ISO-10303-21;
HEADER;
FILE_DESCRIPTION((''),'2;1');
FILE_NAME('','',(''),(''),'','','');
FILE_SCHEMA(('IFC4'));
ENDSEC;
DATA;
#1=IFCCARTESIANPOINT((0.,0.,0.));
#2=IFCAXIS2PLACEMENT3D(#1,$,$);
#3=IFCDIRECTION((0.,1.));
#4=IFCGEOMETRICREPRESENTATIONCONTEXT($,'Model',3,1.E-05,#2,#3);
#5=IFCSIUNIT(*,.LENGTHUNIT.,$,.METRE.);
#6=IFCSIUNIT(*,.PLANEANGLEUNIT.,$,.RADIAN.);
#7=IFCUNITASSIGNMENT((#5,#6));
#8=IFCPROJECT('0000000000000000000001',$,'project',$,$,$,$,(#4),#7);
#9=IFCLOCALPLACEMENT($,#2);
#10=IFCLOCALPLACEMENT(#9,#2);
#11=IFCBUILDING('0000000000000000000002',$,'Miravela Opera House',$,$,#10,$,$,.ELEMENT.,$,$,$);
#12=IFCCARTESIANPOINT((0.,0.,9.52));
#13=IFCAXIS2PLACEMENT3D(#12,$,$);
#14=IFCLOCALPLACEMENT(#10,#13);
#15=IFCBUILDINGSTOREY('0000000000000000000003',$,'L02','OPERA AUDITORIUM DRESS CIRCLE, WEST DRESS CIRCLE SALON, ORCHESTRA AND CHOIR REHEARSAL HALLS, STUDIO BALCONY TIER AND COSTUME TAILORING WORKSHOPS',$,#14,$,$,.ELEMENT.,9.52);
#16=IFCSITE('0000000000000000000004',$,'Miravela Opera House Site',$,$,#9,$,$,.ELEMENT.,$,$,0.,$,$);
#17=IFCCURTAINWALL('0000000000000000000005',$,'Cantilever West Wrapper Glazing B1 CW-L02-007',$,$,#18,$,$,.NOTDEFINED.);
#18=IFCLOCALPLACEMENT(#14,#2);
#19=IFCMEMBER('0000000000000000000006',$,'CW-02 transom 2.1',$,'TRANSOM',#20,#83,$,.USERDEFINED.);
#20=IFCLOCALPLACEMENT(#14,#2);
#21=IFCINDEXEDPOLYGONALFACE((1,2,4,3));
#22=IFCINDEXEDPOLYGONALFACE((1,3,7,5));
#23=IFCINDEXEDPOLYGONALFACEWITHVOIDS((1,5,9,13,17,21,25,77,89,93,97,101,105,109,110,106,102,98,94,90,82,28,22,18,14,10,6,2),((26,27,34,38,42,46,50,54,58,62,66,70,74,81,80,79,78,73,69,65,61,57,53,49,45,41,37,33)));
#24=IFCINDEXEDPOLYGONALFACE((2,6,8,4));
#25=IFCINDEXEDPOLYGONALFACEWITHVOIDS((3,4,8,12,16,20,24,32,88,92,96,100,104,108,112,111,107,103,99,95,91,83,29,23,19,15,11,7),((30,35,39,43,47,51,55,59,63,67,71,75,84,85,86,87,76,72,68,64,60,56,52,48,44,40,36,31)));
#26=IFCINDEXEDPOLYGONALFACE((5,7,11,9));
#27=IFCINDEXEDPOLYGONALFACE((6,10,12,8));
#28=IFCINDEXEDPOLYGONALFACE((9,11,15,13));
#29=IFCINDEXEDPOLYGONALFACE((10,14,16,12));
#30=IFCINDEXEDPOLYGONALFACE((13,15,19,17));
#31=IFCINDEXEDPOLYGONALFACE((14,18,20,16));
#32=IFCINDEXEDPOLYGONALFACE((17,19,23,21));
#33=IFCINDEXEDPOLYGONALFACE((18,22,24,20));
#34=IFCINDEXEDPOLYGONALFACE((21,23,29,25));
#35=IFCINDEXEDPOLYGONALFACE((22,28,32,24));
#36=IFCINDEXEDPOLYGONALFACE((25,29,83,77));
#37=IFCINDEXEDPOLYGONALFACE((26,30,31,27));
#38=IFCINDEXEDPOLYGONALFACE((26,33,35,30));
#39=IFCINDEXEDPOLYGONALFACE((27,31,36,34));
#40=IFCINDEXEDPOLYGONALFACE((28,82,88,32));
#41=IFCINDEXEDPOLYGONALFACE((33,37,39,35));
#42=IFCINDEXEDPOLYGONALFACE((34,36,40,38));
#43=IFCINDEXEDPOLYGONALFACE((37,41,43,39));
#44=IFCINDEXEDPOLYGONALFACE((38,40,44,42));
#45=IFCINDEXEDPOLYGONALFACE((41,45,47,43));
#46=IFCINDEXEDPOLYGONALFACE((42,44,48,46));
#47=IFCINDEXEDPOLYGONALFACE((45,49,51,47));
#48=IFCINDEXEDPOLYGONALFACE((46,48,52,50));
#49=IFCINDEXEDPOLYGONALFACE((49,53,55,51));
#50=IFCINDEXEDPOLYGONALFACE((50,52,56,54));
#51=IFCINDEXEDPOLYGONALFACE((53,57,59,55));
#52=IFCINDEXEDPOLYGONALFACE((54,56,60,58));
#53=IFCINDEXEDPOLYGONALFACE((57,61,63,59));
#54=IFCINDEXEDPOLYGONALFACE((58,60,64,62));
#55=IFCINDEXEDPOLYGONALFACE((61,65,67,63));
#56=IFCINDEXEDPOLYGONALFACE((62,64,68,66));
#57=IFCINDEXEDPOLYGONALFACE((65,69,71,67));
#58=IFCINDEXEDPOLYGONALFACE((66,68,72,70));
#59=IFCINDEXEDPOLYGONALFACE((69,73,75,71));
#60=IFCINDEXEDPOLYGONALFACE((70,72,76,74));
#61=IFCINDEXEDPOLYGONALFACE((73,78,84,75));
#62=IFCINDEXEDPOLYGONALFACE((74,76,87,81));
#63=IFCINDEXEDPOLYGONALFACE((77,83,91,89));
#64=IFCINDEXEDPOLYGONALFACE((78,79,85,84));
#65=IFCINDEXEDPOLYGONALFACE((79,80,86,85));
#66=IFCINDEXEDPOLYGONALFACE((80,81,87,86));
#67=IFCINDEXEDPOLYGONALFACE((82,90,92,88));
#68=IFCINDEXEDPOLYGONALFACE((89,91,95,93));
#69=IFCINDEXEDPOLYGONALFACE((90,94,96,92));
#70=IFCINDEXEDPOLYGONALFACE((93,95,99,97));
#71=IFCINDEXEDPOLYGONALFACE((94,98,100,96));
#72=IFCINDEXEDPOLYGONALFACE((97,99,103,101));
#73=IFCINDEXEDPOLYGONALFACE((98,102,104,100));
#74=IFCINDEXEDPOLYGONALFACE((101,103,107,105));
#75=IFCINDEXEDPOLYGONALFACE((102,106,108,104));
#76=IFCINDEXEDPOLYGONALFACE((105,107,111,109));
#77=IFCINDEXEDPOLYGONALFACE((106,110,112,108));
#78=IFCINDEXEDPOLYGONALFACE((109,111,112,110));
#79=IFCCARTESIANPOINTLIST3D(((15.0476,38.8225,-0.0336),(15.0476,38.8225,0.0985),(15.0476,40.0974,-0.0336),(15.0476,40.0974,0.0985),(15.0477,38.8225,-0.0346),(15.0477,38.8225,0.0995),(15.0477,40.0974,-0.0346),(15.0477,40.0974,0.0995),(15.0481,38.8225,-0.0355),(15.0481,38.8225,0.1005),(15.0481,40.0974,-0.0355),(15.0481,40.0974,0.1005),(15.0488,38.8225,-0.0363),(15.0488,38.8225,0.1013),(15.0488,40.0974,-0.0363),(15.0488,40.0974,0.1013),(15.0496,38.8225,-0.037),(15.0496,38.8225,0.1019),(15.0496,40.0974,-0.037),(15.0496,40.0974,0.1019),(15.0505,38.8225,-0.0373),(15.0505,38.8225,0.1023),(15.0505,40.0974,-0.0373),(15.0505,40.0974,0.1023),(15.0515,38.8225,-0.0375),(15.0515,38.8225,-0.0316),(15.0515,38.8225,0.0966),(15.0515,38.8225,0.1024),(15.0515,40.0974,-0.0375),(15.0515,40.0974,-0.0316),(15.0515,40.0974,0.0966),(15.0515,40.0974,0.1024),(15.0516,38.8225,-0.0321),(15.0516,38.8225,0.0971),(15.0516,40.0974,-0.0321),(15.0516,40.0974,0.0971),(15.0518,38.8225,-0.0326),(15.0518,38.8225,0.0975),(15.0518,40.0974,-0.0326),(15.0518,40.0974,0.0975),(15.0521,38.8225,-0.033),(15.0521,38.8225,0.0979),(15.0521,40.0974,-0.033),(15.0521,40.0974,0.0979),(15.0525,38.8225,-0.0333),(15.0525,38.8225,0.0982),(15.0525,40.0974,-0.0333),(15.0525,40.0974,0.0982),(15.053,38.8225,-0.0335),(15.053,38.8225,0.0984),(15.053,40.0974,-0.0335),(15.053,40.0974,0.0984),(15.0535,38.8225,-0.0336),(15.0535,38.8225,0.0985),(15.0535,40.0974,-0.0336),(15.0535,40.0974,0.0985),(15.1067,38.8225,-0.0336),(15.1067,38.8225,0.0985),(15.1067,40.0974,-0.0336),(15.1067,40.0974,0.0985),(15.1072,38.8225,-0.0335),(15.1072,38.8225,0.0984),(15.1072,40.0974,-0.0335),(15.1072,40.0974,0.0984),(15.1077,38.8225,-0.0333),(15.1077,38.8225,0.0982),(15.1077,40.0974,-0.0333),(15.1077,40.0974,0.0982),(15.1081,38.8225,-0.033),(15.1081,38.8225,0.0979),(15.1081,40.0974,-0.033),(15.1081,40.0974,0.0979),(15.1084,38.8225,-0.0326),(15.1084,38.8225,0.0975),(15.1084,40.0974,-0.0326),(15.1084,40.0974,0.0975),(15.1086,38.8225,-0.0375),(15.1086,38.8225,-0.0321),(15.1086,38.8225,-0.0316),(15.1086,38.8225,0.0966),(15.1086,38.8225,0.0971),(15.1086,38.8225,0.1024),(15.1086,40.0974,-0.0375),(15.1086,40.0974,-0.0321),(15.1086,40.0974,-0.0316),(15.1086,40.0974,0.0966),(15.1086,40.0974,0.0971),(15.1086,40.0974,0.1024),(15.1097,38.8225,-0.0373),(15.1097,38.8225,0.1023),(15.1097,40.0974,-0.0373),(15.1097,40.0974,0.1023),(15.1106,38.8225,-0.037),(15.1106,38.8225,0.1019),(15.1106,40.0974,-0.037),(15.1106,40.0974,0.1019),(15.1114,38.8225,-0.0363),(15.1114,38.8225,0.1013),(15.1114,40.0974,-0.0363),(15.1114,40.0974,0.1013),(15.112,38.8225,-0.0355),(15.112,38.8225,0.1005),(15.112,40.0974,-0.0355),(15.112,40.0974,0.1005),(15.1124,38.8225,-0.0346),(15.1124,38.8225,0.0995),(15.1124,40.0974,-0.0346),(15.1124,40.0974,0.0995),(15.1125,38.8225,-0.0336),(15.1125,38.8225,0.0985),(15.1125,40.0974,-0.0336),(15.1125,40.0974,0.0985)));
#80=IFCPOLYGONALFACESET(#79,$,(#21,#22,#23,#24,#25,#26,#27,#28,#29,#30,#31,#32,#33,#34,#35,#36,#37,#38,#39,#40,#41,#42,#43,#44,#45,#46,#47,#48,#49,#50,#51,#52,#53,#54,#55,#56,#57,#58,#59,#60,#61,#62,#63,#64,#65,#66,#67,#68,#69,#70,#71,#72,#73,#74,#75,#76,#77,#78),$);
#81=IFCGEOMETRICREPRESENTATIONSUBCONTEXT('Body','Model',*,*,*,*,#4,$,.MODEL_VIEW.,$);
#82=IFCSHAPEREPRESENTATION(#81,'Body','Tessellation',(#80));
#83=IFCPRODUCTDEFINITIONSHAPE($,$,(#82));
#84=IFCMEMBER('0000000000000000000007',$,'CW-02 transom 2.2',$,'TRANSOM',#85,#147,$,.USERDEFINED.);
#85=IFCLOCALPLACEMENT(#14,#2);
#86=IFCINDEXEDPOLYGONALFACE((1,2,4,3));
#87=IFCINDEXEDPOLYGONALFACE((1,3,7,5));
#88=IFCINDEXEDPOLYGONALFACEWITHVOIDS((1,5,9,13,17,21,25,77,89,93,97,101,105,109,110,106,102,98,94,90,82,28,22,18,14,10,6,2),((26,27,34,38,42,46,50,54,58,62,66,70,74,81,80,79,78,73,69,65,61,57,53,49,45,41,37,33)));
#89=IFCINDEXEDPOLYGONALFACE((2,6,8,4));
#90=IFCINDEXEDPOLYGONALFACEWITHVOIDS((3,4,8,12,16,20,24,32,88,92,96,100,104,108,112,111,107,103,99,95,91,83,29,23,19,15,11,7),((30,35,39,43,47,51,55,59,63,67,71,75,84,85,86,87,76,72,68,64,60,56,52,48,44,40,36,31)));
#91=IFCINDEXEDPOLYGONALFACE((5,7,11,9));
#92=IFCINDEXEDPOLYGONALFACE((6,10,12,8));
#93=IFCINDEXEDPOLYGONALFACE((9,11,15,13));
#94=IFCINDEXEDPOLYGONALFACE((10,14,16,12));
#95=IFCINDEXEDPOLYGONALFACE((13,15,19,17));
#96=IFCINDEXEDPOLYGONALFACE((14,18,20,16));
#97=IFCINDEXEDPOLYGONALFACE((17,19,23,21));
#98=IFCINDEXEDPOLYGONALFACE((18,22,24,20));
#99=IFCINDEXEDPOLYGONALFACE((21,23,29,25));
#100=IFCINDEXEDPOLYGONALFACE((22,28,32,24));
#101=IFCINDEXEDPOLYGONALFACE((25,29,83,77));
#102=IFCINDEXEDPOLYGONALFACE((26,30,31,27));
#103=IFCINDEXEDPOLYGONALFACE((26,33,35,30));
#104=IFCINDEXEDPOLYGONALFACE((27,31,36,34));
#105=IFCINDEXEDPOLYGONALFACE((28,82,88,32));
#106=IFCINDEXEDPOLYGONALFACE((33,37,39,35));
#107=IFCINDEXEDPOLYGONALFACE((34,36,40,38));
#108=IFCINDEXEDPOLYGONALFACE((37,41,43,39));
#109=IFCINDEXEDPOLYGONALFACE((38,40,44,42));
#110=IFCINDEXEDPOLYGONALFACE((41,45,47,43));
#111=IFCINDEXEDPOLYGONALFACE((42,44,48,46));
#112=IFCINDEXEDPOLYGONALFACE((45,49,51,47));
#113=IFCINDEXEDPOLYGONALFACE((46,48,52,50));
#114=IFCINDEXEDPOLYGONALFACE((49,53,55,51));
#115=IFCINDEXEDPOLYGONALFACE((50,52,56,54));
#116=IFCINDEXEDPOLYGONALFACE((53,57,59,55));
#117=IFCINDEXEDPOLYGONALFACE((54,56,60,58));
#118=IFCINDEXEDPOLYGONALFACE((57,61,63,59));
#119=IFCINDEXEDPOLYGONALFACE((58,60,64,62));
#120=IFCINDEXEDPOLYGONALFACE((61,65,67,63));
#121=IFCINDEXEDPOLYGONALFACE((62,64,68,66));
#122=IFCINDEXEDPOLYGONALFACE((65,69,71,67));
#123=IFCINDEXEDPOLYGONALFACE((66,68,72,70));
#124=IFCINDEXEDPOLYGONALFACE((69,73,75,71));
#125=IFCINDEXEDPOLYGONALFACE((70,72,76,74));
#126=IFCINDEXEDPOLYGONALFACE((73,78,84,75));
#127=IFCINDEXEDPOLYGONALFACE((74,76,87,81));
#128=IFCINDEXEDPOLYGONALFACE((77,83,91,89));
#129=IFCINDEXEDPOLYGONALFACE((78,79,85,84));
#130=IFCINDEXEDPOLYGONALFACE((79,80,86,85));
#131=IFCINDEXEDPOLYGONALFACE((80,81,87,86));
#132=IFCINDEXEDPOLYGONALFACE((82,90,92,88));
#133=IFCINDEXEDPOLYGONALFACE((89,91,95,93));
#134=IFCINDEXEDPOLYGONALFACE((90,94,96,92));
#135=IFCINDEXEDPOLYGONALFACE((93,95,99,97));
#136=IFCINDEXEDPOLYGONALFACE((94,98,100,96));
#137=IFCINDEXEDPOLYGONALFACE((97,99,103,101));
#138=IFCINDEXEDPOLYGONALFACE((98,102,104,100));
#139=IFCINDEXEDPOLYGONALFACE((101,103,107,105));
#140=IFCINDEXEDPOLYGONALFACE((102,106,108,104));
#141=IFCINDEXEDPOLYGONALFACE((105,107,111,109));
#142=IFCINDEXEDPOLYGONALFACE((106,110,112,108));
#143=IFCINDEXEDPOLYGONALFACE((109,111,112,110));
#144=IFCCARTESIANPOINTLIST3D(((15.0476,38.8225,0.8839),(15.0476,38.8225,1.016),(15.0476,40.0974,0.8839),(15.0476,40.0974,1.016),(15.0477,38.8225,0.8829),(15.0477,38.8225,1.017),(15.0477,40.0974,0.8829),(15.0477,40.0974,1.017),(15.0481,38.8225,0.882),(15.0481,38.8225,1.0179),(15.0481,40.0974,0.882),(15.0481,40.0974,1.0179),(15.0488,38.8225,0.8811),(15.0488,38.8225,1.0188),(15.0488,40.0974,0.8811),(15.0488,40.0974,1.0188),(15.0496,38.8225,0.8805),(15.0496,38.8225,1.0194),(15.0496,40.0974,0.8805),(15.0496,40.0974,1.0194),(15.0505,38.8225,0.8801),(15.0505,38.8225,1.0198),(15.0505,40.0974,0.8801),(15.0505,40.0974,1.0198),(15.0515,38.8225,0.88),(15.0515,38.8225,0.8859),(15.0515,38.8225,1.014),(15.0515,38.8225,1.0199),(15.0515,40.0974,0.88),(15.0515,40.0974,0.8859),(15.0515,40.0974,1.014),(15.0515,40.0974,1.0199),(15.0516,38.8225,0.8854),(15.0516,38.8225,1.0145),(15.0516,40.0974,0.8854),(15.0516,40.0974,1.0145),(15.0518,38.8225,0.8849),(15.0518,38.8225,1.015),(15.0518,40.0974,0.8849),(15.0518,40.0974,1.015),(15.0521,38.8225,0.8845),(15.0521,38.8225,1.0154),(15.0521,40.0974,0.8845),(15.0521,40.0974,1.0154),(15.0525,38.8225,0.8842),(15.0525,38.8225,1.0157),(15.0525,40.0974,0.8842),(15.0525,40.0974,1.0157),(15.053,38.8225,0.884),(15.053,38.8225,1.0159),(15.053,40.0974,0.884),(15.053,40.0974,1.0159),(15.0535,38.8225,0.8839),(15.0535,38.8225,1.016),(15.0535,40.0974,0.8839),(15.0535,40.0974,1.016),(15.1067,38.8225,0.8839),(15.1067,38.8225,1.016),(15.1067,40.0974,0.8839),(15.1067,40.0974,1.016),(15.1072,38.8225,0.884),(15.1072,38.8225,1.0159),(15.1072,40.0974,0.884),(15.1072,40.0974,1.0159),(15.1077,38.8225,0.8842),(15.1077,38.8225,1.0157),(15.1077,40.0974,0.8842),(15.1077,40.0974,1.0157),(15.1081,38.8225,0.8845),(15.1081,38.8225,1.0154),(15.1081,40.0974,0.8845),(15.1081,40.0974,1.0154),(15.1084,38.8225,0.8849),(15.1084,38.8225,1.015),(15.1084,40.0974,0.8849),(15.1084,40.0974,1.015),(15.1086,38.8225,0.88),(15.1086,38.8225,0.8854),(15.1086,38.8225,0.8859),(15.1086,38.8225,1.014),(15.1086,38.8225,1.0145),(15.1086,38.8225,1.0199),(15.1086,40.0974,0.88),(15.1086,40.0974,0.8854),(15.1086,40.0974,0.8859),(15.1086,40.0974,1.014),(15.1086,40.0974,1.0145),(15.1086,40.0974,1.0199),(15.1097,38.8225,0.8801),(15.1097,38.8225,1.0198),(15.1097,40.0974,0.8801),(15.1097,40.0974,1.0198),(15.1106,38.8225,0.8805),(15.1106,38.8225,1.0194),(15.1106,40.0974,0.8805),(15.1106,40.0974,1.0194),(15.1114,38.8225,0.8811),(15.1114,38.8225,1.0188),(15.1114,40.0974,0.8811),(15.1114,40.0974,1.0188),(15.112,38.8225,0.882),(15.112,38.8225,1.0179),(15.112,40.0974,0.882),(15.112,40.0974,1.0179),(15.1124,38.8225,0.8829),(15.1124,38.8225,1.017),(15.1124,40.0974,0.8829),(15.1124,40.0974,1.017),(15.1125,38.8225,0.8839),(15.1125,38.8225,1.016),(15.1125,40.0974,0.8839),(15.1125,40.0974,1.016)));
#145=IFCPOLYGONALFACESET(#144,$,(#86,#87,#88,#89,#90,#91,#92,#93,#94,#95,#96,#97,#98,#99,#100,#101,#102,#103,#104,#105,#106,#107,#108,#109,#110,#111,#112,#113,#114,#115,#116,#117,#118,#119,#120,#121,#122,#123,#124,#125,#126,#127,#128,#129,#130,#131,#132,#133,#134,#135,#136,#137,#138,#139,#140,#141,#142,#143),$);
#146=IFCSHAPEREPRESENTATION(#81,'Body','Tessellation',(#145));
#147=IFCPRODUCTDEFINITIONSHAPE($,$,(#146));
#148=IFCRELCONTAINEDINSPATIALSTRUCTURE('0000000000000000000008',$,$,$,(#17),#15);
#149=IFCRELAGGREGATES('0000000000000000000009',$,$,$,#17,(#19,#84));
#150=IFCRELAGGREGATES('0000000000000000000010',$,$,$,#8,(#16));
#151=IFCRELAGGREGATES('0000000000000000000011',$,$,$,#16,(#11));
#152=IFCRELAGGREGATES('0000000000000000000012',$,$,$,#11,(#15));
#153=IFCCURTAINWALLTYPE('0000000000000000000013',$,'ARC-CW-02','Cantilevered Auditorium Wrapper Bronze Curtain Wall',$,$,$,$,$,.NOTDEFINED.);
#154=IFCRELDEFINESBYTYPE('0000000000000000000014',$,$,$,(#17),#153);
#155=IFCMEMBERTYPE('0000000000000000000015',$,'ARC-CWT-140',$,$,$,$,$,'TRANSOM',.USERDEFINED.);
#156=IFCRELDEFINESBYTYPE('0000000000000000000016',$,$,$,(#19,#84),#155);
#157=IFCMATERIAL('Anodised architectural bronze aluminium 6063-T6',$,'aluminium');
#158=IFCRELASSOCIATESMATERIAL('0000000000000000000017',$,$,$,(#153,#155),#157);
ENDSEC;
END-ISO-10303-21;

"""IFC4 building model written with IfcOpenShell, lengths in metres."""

from ifc_helpers import new_model, si_unit, direction, frame, origin, origin_2d, place, context, subcontext, project, spatial, hollow_rectangle, extrude, material, material_profile, profile_set, type_object, element, aggregate, save


model = new_model("IFC4")

# Units and contexts
model_context = context("Model", 3, precision=1e-05, world=origin(), true_north=direction((0.0, 1.0)))
body_context = subcontext(model_context, "Body", "Model", "MODEL_VIEW")
ifc_project = project(units=[si_unit("LENGTHUNIT", "METRE"), si_unit("PLANEANGLEUNIT", "RADIAN")], contexts=[model_context])

# Site, building, storey
site_placement = place(None, origin())
site = spatial("IfcSite", under=ifc_project, at=site_placement, Name="Miravela Opera House Site", CompositionType="ELEMENT", RefElevation=0.0)
building_placement = place(site_placement, origin())
building = spatial("IfcBuilding", under=site, at=building_placement, Name="Miravela Opera House", CompositionType="ELEMENT")
storey_placement = place(building_placement, frame((0.0, 0.0, 9.52)))
storey = spatial("IfcBuildingStorey", under=building, at=storey_placement, Name="L02", Description="OPERA AUDITORIUM DRESS CIRCLE, WEST DRESS CIRCLE SALON, ORCHESTRA AND CHOIR REHEARSAL HALLS, STUDIO BALCONY TIER AND COSTUME TAILORING WORKSHOPS", CompositionType="ELEMENT", Elevation=9.52)

# Curtain wall, members
ifc_material_1 = material(Name="Anodised architectural bronze aluminium 6063-T6", Category="aluminium")
curtain_wall_type = type_object("IfcCurtainWallType", Name="ARC-CW-02", Description="Cantilevered Auditorium Wrapper Bronze Curtain Wall", PredefinedType="NOTDEFINED", material=ifc_material_1)
curtain_wall_placement = place(storey_placement, origin())
curtain_wall = element("IfcCurtainWall", 1, at=curtain_wall_placement, inside=storey, type_object=curtain_wall_type, Name="Cantilever West Wrapper Glazing B1 CW-L02-007", PredefinedType="NOTDEFINED")
ifc_material_profile_1 = material_profile(ifc_material_1, hollow_rectangle(XDim=0.0649, YDim=0.1399, WallThickness=0.0039, InnerFilletRadius=0.002, OuterFilletRadius=0.0039, at=origin_2d()), Name="CWT-65X140")
ifc_profile_set_1 = profile_set([ifc_material_profile_1])
member_type_1 = type_object("IfcMemberType", Name="ARC-CWT-140", ElementType="TRANSOM", PredefinedType="USERDEFINED", material=ifc_profile_set_1)
member_1_placement = place(storey_placement, frame((15.0801, 38.8225, 0.0325), z_axis=(0.0, 1.0, 0.0), x_axis=(-1.0, 0.0, 0.0)))
member_1 = element("IfcMember", 2, at=member_1_placement, type_object=member_type_1, Name="CW-02 transom 2.1", ObjectType="TRANSOM", PredefinedType="USERDEFINED", context=body_context, shape_type="SweptSolid", body=[
    extrude(hollow_rectangle(XDim=0.0649, YDim=0.1399, WallThickness=0.0039, InnerFilletRadius=0.002, OuterFilletRadius=0.0039, at=origin_2d()), origin(), (0.0, 0.0, 1.0), 1.2749),
])
member_2_placement = place(storey_placement, frame((15.0801, 38.8225, 0.95), z_axis=(0.0, 1.0, 0.0), x_axis=(-1.0, 0.0, 0.0)))
member_2 = element("IfcMember", 3, at=member_2_placement, type_object=member_type_1, Name="CW-02 transom 2.2", ObjectType="TRANSOM", PredefinedType="USERDEFINED", context=body_context, shape_type="SweptSolid", body=[
    extrude(hollow_rectangle(XDim=0.0649, YDim=0.1399, WallThickness=0.0039, InnerFilletRadius=0.002, OuterFilletRadius=0.0039, at=origin_2d()), origin(), (0.0, 0.0, 1.0), 1.2749),
])

aggregate(curtain_wall, [member_1, member_2])

save(model, "model.ifc")
